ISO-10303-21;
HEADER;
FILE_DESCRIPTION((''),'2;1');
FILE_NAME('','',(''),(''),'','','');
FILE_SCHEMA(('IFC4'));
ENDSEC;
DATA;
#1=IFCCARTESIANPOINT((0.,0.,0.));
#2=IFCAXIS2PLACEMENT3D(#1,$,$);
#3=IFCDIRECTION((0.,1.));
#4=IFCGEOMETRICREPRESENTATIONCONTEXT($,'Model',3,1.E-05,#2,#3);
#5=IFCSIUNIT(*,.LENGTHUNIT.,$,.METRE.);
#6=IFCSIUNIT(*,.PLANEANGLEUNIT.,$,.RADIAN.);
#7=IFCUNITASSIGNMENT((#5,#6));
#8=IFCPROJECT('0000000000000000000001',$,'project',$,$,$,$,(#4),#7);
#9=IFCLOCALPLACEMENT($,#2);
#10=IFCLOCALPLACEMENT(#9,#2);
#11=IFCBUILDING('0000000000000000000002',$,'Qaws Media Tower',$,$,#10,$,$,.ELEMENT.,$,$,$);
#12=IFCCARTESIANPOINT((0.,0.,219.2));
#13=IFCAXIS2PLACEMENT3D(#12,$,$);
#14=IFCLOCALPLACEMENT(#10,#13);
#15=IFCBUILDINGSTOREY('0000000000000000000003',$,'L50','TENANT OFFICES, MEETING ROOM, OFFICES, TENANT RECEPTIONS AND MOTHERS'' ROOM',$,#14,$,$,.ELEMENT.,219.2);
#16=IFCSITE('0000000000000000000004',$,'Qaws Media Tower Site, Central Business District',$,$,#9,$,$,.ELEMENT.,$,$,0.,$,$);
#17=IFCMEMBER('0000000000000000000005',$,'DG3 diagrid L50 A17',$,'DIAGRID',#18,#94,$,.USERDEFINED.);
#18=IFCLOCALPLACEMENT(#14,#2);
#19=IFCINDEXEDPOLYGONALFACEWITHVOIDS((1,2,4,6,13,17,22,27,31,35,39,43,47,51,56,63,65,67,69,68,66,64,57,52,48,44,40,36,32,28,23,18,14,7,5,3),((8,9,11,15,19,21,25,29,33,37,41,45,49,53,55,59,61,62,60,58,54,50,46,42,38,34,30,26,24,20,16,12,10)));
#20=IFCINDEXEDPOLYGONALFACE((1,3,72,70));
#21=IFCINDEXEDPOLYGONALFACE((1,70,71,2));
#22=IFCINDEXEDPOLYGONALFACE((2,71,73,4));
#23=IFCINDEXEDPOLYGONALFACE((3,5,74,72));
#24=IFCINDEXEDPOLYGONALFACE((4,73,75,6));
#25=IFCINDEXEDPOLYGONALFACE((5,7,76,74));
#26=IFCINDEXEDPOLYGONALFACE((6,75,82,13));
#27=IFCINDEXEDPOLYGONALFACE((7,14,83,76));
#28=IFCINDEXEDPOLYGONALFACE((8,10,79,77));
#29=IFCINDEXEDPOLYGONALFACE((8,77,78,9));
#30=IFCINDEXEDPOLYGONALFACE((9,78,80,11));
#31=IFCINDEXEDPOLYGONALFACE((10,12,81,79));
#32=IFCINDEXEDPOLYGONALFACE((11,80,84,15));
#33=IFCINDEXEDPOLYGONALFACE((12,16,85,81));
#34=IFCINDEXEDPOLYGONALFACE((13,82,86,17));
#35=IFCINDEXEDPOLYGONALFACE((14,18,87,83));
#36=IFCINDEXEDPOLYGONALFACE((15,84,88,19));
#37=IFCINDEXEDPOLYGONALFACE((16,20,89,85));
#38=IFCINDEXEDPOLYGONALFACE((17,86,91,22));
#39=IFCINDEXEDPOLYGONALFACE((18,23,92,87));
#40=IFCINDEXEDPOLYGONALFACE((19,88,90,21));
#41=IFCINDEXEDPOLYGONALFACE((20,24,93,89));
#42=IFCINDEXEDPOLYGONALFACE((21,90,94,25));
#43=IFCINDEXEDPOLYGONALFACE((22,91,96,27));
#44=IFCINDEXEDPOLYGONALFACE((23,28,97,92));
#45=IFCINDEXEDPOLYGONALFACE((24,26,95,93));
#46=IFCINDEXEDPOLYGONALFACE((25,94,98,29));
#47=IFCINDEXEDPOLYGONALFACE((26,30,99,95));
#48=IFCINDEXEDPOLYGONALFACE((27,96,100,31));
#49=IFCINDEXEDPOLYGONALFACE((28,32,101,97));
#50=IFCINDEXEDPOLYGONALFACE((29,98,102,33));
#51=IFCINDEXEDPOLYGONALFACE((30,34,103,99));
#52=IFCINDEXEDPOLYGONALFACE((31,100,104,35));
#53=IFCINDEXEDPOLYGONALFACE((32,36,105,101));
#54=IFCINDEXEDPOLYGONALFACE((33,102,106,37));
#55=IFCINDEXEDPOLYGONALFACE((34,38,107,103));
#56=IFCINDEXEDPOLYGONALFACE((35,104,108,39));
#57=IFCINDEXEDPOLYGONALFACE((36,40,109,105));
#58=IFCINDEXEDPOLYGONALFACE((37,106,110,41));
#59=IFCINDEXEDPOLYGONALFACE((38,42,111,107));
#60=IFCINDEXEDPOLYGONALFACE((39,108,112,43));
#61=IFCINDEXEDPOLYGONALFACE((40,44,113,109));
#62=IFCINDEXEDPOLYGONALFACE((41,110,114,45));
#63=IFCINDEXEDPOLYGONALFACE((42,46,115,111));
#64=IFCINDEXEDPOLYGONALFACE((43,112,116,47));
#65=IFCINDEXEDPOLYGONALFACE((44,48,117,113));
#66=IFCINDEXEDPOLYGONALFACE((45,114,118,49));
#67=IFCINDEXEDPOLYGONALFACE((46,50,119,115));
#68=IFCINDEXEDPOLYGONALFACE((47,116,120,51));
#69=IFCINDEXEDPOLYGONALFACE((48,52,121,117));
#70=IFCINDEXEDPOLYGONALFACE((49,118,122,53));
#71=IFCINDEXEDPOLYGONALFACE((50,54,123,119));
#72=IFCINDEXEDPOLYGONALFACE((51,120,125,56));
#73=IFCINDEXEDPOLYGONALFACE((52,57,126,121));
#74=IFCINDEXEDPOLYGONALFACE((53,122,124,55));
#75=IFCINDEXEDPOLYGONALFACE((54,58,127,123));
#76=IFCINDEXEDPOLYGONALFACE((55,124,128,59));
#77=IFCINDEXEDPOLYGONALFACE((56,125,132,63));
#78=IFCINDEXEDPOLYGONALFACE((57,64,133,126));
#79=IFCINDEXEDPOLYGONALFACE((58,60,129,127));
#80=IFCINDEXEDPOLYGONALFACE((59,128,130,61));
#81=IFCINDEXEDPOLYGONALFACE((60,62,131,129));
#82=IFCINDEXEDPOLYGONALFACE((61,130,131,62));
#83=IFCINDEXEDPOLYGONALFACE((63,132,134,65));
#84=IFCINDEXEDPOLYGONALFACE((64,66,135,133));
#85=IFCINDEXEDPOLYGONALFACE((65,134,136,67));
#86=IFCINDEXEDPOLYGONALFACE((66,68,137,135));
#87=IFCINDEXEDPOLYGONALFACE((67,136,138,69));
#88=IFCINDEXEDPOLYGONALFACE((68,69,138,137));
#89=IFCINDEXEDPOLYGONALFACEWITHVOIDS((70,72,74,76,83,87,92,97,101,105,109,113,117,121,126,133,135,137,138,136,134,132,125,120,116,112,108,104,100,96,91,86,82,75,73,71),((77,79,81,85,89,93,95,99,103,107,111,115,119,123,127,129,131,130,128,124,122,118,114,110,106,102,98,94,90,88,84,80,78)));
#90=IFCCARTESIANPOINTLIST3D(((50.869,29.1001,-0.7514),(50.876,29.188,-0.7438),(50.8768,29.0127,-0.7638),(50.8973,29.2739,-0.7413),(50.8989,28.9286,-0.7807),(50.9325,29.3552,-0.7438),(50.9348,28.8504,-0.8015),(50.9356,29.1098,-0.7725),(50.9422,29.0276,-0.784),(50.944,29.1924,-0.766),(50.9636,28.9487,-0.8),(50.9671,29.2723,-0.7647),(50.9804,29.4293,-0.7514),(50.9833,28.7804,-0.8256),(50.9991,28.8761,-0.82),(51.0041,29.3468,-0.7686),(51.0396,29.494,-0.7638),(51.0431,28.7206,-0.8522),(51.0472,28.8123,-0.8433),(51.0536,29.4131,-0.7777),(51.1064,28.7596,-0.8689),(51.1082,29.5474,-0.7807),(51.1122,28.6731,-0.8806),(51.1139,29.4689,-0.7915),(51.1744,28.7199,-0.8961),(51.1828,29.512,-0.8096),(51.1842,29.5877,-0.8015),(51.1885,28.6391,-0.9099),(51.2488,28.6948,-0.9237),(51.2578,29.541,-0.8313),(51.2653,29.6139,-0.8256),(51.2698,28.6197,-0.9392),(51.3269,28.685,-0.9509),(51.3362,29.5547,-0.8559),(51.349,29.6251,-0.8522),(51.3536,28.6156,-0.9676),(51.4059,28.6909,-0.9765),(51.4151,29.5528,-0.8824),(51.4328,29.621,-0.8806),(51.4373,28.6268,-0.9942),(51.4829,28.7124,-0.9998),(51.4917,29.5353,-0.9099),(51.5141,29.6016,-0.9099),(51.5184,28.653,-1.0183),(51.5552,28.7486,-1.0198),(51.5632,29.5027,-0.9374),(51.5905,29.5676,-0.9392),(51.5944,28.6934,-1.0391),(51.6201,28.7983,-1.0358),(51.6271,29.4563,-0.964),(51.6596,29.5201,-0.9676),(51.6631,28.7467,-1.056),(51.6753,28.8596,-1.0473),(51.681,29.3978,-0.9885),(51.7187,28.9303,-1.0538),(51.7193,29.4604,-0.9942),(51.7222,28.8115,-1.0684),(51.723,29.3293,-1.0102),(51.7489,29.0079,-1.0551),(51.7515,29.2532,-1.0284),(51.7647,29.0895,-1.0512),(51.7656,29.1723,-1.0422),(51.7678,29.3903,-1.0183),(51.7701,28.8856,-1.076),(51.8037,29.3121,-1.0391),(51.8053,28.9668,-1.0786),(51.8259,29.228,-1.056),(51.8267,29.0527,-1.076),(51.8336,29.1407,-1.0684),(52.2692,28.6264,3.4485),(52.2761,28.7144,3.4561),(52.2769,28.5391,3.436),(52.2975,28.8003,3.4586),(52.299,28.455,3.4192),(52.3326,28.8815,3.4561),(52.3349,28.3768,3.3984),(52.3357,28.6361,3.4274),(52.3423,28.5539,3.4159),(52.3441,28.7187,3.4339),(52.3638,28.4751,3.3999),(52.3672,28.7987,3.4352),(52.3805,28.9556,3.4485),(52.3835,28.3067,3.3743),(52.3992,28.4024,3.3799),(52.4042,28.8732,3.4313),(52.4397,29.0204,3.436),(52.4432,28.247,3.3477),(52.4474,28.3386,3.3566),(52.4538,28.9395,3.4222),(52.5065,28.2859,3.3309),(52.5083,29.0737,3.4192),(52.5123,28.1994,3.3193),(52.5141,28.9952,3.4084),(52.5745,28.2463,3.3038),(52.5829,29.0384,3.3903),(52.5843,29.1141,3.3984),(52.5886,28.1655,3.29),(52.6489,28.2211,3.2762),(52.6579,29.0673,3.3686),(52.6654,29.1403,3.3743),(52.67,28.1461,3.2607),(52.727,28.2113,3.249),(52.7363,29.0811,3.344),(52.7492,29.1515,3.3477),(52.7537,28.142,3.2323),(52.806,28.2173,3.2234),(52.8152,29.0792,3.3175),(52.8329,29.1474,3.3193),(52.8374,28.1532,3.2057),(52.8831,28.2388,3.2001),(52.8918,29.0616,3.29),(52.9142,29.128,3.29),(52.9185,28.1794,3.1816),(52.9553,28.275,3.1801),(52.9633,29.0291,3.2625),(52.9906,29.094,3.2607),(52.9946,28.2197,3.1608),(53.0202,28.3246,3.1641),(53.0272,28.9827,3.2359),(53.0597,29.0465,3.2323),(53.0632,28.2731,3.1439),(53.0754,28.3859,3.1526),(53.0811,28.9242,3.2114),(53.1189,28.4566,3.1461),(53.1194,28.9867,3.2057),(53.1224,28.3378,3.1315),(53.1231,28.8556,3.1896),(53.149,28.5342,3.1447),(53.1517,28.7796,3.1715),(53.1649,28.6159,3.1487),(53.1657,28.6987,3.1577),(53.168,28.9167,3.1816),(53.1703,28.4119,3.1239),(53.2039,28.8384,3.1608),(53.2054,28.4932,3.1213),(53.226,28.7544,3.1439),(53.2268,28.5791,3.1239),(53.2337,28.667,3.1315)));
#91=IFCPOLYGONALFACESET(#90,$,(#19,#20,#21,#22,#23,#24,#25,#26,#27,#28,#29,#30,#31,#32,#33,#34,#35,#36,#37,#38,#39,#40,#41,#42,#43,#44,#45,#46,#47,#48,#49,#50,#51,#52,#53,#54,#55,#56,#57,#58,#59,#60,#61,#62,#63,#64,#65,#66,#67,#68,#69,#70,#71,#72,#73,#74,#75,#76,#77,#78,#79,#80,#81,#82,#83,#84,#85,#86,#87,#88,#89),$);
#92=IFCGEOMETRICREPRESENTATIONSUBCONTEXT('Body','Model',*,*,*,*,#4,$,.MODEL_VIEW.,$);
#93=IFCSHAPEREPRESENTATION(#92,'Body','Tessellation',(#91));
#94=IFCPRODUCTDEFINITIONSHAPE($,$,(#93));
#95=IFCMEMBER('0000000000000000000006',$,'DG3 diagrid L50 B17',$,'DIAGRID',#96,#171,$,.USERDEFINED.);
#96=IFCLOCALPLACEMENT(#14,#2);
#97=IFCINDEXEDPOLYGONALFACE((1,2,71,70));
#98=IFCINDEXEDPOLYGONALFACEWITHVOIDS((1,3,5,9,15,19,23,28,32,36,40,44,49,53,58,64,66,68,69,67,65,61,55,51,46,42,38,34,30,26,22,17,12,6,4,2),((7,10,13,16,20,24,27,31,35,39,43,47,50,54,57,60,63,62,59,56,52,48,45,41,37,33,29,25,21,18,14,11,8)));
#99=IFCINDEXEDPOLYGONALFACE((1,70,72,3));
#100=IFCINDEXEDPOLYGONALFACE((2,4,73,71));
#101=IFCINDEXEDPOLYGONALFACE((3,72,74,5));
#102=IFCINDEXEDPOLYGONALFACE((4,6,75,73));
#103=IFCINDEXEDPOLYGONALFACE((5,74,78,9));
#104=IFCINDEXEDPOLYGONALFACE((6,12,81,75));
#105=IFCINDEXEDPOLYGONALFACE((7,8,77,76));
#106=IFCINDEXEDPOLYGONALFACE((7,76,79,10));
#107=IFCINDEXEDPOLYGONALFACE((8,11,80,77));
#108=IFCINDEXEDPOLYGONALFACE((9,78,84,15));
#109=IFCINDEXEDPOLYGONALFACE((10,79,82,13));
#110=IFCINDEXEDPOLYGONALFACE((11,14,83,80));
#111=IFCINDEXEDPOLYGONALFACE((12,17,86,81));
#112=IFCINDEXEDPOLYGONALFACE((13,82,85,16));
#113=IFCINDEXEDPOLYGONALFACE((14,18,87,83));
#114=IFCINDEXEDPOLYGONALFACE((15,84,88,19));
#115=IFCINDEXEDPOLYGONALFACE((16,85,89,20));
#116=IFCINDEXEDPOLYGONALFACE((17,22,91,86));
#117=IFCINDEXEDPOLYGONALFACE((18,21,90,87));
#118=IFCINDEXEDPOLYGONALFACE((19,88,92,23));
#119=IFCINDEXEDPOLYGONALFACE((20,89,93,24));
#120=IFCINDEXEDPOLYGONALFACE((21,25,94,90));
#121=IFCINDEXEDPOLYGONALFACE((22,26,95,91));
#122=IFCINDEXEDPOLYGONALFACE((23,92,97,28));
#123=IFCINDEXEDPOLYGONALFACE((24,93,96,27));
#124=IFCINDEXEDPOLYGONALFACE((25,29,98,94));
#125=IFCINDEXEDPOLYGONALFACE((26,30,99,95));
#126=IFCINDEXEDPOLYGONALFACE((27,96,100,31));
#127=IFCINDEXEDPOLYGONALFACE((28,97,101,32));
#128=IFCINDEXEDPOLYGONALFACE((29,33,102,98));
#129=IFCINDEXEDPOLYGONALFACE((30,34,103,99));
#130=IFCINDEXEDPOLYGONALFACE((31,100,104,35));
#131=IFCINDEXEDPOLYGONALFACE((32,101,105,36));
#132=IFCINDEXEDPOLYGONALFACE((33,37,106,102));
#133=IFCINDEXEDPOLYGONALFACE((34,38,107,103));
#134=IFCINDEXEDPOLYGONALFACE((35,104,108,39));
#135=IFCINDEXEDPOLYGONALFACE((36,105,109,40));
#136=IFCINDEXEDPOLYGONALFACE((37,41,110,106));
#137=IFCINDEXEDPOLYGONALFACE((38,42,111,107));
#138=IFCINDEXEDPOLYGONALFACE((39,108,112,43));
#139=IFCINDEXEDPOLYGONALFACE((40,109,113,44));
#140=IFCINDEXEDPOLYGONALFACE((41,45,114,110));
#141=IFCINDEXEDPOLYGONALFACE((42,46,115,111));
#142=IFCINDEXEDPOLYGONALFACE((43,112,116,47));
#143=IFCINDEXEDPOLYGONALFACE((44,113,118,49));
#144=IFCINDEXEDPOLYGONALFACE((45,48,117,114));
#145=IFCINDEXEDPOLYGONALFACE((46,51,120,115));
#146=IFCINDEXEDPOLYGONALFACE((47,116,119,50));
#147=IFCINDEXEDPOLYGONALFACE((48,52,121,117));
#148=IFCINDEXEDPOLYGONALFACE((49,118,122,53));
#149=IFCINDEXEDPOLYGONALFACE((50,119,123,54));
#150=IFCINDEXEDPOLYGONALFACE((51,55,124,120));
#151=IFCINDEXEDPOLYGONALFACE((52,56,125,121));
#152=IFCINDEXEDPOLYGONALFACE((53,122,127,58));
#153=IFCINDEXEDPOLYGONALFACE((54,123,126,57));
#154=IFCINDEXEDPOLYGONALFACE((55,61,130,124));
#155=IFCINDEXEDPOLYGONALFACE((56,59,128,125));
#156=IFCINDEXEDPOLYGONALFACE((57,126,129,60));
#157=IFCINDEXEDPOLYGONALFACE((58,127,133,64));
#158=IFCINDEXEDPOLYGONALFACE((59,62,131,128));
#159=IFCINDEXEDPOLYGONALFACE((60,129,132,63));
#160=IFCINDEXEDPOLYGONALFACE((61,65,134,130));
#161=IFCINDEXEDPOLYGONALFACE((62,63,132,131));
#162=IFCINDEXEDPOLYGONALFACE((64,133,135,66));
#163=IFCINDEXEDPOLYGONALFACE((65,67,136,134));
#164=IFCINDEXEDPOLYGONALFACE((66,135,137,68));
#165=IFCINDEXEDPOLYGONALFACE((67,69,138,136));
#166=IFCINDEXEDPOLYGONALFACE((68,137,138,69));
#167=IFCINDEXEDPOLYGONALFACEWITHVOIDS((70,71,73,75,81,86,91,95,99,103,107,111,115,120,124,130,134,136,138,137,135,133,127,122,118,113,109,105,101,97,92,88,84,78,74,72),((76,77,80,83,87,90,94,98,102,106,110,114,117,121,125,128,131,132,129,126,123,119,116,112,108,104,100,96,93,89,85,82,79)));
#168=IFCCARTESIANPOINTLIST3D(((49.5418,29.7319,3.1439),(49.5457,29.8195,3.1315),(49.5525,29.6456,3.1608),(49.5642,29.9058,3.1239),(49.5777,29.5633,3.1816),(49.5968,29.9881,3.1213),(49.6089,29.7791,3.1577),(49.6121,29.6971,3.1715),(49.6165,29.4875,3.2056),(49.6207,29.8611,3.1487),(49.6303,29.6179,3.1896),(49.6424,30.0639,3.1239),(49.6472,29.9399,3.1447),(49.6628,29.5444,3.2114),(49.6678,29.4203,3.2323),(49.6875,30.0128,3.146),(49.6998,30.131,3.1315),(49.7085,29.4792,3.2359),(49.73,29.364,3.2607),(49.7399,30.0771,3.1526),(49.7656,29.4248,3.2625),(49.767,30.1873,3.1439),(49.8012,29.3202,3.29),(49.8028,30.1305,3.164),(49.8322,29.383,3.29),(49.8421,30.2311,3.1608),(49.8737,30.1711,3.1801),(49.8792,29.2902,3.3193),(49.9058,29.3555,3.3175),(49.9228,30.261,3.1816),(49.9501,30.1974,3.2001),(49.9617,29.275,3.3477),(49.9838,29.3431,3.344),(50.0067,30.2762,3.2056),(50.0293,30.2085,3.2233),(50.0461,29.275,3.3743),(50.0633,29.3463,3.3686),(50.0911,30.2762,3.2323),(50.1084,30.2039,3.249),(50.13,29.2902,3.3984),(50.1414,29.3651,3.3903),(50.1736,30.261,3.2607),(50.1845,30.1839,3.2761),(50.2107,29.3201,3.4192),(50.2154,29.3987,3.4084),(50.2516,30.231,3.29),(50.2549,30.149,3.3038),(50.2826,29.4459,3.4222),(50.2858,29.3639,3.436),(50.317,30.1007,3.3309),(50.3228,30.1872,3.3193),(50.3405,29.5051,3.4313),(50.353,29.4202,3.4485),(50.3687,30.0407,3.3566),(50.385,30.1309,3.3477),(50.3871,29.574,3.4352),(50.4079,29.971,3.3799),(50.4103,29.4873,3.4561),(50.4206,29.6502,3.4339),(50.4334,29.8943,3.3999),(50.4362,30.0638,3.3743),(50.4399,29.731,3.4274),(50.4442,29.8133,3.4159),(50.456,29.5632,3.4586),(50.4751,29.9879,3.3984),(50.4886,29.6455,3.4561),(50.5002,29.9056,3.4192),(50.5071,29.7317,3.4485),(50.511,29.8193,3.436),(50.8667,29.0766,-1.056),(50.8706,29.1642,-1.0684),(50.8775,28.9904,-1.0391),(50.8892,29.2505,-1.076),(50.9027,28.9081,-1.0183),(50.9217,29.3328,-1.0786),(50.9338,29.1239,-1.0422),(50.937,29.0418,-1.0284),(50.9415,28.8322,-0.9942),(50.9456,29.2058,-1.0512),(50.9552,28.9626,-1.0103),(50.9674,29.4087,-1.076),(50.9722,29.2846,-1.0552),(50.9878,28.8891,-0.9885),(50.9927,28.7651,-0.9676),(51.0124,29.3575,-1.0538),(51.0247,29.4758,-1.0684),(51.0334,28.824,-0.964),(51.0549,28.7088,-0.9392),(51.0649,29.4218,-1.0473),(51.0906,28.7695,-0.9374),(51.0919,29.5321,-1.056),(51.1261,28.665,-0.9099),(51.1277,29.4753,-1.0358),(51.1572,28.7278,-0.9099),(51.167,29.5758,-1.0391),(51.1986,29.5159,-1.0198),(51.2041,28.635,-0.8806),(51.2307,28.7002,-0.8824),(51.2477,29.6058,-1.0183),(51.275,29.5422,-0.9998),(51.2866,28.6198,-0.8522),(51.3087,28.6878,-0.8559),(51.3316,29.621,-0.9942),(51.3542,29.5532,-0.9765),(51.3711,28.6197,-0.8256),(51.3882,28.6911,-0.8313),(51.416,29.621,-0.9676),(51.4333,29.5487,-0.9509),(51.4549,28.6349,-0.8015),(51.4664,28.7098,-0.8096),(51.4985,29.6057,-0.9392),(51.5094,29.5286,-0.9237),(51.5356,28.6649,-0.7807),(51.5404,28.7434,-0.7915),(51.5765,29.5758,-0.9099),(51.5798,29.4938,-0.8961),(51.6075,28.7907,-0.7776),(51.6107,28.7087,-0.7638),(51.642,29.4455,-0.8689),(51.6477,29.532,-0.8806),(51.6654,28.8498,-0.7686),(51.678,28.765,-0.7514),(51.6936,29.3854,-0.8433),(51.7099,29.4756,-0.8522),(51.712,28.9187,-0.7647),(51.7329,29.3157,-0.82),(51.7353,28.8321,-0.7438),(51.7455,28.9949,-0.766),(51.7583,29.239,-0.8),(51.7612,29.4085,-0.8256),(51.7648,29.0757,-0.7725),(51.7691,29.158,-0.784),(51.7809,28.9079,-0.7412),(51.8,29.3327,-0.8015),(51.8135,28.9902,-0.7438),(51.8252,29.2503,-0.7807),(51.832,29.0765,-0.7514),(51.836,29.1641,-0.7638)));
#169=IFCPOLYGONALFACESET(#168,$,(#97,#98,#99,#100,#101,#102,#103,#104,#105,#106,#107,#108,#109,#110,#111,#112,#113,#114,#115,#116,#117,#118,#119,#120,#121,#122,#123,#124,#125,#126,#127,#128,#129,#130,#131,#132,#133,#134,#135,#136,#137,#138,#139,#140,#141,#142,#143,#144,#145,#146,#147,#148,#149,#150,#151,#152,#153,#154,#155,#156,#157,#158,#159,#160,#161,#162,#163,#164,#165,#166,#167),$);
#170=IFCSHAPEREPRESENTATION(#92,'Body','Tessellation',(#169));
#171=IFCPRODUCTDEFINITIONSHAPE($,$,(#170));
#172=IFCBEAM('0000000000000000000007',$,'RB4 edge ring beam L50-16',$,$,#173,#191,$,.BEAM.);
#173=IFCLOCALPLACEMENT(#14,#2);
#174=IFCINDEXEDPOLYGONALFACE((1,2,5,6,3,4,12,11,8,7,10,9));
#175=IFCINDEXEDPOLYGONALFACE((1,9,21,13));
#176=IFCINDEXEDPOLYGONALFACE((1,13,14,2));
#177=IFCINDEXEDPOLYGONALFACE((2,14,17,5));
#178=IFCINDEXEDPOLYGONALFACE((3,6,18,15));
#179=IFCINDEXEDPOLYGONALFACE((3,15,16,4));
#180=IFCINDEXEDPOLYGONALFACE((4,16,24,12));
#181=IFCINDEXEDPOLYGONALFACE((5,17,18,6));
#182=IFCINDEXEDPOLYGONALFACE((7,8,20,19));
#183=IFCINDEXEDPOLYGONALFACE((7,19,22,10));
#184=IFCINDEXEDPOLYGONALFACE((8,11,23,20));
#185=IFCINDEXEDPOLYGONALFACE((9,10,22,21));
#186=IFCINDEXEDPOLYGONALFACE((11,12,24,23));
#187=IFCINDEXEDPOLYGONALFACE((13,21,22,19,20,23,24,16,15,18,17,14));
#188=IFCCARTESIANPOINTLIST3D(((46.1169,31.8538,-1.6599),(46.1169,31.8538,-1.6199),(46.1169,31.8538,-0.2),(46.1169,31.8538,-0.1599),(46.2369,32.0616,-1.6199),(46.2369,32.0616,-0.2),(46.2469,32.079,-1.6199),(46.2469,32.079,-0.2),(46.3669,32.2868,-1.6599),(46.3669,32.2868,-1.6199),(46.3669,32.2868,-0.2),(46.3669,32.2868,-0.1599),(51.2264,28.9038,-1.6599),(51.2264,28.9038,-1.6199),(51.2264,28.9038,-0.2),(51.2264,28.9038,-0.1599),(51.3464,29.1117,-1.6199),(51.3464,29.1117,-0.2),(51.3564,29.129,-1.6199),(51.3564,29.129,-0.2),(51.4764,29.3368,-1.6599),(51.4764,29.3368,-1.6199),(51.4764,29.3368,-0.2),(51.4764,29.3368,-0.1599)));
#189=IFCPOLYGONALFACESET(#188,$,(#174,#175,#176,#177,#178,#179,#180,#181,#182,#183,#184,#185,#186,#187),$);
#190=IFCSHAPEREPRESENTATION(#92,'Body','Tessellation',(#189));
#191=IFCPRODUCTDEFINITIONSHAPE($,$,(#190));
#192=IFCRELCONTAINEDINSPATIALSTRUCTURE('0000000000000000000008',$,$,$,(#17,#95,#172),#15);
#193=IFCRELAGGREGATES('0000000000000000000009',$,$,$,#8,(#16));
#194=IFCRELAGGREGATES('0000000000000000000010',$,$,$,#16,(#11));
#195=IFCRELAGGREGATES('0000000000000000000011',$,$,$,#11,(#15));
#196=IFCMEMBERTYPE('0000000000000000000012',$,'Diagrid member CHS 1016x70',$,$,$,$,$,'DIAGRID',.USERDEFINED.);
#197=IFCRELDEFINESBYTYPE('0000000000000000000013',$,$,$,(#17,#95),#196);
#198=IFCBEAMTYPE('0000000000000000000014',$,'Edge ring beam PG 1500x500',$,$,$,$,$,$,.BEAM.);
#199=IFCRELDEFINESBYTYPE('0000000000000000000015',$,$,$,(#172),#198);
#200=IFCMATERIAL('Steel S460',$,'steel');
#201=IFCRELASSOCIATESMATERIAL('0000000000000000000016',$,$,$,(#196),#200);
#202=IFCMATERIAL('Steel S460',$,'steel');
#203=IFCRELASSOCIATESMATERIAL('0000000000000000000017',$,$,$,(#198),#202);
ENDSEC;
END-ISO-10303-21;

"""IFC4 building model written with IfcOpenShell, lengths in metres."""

from ifc_helpers import new_model, si_unit, direction, frame, origin, origin_2d, place, context, subcontext, project, spatial, hollow_circle, i_section, extrude, material, material_profile, profile_set, type_object, element, save


model = new_model("IFC4")

# Units and contexts
model_context = context("Model", 3, precision=1e-05, world=origin(), true_north=direction((0.0, 1.0)))
body_context = subcontext(model_context, "Body", "Model", "MODEL_VIEW")
ifc_project = project(units=[si_unit("LENGTHUNIT", "METRE"), si_unit("PLANEANGLEUNIT", "RADIAN")], contexts=[model_context])

# Site, building, storey
site_placement = place(None, origin())
site = spatial("IfcSite", under=ifc_project, at=site_placement, Name="Qaws Media Tower Site, Central Business District", CompositionType="ELEMENT", RefElevation=0.0)
building_placement = place(site_placement, origin())
building = spatial("IfcBuilding", under=site, at=building_placement, Name="Qaws Media Tower", CompositionType="ELEMENT")
storey_placement = place(building_placement, frame((0.0, 0.0, 219.2)))
storey = spatial("IfcBuildingStorey", under=building, at=storey_placement, Name="L50", Description="TENANT OFFICES, MEETING ROOM, OFFICES, TENANT RECEPTIONS AND MOTHERS' ROOM", CompositionType="ELEMENT", Elevation=219.2)

# Members
ifc_material_1 = material(Name="Steel S460", Category="steel")
ifc_material_profile_1 = material_profile(ifc_material_1, hollow_circle(Radius=0.5081, WallThickness=0.0701, at=origin_2d()), Name="CHS 1016x70")
ifc_profile_set_1 = profile_set([ifc_material_profile_1], Name="Steel S460")
member_type_1 = type_object("IfcMemberType", Name="Diagrid member CHS 1016x70", ElementType="DIAGRID", PredefinedType="USERDEFINED", material=ifc_profile_set_1)
for number, where, z_axis, x_axis, name in (
    (1, (51.3513, 29.1204, -0.9099), (0.314466, -0.106376, 0.94329), (0.320437, 0.94727, 0.0), "DG3 diagrid L50 A17"),
    (2, (51.3513, 29.1204, -0.9099), (-0.297577, 0.147171, 0.943286), (-0.443311, -0.896368, 0.0), "DG3 diagrid L50 B17"),
):
    element("IfcMember", number, at=place(storey_placement, frame(where, z_axis=z_axis, x_axis=x_axis)), inside=storey, type_object=member_type_1, Name=name, ObjectType="DIAGRID", PredefinedType="USERDEFINED", context=body_context, shape_type="SweptSolid", body=[
        extrude(hollow_circle(Radius=0.5081, WallThickness=0.0701, at=origin_2d()), origin(), (0.0, 0.0, 1.0), 4.4524),
    ])

# Beam
ifc_material_2 = material(Name="Steel S460", Category="steel")
ifc_material_profile_2 = material_profile(ifc_material_2, i_section(OverallWidth=0.5, OverallDepth=1.5, WebThickness=0.02, FlangeThickness=0.04, at=origin_2d()), Name="PG 1500x500")
ifc_profile_set_2 = profile_set([ifc_material_profile_2], Name="Steel S460")
beam_type = type_object("IfcBeamType", Name="Edge ring beam PG 1500x500", PredefinedType="BEAM", material=ifc_profile_set_2)
for number, where, z_axis, x_axis, name in (
    (3, (46.2419, 32.0703, -0.9099), (0.866022, -0.500007, 0.0), (0.500007, 0.866022, 0.0), "RB4 edge ring beam L50-16"),
):
    element("IfcBeam", number, at=place(storey_placement, frame(where, z_axis=z_axis, x_axis=x_axis)), inside=storey, type_object=beam_type, Name=name, PredefinedType="BEAM", context=body_context, shape_type="SweptSolid", body=[
        extrude(i_section(OverallWidth=0.5, OverallDepth=1.5, WebThickness=0.02, FlangeThickness=0.04, at=origin_2d()), origin(), (0.0, 0.0, 1.0), 5.8999),
    ])

save(model, "model.ifc")
